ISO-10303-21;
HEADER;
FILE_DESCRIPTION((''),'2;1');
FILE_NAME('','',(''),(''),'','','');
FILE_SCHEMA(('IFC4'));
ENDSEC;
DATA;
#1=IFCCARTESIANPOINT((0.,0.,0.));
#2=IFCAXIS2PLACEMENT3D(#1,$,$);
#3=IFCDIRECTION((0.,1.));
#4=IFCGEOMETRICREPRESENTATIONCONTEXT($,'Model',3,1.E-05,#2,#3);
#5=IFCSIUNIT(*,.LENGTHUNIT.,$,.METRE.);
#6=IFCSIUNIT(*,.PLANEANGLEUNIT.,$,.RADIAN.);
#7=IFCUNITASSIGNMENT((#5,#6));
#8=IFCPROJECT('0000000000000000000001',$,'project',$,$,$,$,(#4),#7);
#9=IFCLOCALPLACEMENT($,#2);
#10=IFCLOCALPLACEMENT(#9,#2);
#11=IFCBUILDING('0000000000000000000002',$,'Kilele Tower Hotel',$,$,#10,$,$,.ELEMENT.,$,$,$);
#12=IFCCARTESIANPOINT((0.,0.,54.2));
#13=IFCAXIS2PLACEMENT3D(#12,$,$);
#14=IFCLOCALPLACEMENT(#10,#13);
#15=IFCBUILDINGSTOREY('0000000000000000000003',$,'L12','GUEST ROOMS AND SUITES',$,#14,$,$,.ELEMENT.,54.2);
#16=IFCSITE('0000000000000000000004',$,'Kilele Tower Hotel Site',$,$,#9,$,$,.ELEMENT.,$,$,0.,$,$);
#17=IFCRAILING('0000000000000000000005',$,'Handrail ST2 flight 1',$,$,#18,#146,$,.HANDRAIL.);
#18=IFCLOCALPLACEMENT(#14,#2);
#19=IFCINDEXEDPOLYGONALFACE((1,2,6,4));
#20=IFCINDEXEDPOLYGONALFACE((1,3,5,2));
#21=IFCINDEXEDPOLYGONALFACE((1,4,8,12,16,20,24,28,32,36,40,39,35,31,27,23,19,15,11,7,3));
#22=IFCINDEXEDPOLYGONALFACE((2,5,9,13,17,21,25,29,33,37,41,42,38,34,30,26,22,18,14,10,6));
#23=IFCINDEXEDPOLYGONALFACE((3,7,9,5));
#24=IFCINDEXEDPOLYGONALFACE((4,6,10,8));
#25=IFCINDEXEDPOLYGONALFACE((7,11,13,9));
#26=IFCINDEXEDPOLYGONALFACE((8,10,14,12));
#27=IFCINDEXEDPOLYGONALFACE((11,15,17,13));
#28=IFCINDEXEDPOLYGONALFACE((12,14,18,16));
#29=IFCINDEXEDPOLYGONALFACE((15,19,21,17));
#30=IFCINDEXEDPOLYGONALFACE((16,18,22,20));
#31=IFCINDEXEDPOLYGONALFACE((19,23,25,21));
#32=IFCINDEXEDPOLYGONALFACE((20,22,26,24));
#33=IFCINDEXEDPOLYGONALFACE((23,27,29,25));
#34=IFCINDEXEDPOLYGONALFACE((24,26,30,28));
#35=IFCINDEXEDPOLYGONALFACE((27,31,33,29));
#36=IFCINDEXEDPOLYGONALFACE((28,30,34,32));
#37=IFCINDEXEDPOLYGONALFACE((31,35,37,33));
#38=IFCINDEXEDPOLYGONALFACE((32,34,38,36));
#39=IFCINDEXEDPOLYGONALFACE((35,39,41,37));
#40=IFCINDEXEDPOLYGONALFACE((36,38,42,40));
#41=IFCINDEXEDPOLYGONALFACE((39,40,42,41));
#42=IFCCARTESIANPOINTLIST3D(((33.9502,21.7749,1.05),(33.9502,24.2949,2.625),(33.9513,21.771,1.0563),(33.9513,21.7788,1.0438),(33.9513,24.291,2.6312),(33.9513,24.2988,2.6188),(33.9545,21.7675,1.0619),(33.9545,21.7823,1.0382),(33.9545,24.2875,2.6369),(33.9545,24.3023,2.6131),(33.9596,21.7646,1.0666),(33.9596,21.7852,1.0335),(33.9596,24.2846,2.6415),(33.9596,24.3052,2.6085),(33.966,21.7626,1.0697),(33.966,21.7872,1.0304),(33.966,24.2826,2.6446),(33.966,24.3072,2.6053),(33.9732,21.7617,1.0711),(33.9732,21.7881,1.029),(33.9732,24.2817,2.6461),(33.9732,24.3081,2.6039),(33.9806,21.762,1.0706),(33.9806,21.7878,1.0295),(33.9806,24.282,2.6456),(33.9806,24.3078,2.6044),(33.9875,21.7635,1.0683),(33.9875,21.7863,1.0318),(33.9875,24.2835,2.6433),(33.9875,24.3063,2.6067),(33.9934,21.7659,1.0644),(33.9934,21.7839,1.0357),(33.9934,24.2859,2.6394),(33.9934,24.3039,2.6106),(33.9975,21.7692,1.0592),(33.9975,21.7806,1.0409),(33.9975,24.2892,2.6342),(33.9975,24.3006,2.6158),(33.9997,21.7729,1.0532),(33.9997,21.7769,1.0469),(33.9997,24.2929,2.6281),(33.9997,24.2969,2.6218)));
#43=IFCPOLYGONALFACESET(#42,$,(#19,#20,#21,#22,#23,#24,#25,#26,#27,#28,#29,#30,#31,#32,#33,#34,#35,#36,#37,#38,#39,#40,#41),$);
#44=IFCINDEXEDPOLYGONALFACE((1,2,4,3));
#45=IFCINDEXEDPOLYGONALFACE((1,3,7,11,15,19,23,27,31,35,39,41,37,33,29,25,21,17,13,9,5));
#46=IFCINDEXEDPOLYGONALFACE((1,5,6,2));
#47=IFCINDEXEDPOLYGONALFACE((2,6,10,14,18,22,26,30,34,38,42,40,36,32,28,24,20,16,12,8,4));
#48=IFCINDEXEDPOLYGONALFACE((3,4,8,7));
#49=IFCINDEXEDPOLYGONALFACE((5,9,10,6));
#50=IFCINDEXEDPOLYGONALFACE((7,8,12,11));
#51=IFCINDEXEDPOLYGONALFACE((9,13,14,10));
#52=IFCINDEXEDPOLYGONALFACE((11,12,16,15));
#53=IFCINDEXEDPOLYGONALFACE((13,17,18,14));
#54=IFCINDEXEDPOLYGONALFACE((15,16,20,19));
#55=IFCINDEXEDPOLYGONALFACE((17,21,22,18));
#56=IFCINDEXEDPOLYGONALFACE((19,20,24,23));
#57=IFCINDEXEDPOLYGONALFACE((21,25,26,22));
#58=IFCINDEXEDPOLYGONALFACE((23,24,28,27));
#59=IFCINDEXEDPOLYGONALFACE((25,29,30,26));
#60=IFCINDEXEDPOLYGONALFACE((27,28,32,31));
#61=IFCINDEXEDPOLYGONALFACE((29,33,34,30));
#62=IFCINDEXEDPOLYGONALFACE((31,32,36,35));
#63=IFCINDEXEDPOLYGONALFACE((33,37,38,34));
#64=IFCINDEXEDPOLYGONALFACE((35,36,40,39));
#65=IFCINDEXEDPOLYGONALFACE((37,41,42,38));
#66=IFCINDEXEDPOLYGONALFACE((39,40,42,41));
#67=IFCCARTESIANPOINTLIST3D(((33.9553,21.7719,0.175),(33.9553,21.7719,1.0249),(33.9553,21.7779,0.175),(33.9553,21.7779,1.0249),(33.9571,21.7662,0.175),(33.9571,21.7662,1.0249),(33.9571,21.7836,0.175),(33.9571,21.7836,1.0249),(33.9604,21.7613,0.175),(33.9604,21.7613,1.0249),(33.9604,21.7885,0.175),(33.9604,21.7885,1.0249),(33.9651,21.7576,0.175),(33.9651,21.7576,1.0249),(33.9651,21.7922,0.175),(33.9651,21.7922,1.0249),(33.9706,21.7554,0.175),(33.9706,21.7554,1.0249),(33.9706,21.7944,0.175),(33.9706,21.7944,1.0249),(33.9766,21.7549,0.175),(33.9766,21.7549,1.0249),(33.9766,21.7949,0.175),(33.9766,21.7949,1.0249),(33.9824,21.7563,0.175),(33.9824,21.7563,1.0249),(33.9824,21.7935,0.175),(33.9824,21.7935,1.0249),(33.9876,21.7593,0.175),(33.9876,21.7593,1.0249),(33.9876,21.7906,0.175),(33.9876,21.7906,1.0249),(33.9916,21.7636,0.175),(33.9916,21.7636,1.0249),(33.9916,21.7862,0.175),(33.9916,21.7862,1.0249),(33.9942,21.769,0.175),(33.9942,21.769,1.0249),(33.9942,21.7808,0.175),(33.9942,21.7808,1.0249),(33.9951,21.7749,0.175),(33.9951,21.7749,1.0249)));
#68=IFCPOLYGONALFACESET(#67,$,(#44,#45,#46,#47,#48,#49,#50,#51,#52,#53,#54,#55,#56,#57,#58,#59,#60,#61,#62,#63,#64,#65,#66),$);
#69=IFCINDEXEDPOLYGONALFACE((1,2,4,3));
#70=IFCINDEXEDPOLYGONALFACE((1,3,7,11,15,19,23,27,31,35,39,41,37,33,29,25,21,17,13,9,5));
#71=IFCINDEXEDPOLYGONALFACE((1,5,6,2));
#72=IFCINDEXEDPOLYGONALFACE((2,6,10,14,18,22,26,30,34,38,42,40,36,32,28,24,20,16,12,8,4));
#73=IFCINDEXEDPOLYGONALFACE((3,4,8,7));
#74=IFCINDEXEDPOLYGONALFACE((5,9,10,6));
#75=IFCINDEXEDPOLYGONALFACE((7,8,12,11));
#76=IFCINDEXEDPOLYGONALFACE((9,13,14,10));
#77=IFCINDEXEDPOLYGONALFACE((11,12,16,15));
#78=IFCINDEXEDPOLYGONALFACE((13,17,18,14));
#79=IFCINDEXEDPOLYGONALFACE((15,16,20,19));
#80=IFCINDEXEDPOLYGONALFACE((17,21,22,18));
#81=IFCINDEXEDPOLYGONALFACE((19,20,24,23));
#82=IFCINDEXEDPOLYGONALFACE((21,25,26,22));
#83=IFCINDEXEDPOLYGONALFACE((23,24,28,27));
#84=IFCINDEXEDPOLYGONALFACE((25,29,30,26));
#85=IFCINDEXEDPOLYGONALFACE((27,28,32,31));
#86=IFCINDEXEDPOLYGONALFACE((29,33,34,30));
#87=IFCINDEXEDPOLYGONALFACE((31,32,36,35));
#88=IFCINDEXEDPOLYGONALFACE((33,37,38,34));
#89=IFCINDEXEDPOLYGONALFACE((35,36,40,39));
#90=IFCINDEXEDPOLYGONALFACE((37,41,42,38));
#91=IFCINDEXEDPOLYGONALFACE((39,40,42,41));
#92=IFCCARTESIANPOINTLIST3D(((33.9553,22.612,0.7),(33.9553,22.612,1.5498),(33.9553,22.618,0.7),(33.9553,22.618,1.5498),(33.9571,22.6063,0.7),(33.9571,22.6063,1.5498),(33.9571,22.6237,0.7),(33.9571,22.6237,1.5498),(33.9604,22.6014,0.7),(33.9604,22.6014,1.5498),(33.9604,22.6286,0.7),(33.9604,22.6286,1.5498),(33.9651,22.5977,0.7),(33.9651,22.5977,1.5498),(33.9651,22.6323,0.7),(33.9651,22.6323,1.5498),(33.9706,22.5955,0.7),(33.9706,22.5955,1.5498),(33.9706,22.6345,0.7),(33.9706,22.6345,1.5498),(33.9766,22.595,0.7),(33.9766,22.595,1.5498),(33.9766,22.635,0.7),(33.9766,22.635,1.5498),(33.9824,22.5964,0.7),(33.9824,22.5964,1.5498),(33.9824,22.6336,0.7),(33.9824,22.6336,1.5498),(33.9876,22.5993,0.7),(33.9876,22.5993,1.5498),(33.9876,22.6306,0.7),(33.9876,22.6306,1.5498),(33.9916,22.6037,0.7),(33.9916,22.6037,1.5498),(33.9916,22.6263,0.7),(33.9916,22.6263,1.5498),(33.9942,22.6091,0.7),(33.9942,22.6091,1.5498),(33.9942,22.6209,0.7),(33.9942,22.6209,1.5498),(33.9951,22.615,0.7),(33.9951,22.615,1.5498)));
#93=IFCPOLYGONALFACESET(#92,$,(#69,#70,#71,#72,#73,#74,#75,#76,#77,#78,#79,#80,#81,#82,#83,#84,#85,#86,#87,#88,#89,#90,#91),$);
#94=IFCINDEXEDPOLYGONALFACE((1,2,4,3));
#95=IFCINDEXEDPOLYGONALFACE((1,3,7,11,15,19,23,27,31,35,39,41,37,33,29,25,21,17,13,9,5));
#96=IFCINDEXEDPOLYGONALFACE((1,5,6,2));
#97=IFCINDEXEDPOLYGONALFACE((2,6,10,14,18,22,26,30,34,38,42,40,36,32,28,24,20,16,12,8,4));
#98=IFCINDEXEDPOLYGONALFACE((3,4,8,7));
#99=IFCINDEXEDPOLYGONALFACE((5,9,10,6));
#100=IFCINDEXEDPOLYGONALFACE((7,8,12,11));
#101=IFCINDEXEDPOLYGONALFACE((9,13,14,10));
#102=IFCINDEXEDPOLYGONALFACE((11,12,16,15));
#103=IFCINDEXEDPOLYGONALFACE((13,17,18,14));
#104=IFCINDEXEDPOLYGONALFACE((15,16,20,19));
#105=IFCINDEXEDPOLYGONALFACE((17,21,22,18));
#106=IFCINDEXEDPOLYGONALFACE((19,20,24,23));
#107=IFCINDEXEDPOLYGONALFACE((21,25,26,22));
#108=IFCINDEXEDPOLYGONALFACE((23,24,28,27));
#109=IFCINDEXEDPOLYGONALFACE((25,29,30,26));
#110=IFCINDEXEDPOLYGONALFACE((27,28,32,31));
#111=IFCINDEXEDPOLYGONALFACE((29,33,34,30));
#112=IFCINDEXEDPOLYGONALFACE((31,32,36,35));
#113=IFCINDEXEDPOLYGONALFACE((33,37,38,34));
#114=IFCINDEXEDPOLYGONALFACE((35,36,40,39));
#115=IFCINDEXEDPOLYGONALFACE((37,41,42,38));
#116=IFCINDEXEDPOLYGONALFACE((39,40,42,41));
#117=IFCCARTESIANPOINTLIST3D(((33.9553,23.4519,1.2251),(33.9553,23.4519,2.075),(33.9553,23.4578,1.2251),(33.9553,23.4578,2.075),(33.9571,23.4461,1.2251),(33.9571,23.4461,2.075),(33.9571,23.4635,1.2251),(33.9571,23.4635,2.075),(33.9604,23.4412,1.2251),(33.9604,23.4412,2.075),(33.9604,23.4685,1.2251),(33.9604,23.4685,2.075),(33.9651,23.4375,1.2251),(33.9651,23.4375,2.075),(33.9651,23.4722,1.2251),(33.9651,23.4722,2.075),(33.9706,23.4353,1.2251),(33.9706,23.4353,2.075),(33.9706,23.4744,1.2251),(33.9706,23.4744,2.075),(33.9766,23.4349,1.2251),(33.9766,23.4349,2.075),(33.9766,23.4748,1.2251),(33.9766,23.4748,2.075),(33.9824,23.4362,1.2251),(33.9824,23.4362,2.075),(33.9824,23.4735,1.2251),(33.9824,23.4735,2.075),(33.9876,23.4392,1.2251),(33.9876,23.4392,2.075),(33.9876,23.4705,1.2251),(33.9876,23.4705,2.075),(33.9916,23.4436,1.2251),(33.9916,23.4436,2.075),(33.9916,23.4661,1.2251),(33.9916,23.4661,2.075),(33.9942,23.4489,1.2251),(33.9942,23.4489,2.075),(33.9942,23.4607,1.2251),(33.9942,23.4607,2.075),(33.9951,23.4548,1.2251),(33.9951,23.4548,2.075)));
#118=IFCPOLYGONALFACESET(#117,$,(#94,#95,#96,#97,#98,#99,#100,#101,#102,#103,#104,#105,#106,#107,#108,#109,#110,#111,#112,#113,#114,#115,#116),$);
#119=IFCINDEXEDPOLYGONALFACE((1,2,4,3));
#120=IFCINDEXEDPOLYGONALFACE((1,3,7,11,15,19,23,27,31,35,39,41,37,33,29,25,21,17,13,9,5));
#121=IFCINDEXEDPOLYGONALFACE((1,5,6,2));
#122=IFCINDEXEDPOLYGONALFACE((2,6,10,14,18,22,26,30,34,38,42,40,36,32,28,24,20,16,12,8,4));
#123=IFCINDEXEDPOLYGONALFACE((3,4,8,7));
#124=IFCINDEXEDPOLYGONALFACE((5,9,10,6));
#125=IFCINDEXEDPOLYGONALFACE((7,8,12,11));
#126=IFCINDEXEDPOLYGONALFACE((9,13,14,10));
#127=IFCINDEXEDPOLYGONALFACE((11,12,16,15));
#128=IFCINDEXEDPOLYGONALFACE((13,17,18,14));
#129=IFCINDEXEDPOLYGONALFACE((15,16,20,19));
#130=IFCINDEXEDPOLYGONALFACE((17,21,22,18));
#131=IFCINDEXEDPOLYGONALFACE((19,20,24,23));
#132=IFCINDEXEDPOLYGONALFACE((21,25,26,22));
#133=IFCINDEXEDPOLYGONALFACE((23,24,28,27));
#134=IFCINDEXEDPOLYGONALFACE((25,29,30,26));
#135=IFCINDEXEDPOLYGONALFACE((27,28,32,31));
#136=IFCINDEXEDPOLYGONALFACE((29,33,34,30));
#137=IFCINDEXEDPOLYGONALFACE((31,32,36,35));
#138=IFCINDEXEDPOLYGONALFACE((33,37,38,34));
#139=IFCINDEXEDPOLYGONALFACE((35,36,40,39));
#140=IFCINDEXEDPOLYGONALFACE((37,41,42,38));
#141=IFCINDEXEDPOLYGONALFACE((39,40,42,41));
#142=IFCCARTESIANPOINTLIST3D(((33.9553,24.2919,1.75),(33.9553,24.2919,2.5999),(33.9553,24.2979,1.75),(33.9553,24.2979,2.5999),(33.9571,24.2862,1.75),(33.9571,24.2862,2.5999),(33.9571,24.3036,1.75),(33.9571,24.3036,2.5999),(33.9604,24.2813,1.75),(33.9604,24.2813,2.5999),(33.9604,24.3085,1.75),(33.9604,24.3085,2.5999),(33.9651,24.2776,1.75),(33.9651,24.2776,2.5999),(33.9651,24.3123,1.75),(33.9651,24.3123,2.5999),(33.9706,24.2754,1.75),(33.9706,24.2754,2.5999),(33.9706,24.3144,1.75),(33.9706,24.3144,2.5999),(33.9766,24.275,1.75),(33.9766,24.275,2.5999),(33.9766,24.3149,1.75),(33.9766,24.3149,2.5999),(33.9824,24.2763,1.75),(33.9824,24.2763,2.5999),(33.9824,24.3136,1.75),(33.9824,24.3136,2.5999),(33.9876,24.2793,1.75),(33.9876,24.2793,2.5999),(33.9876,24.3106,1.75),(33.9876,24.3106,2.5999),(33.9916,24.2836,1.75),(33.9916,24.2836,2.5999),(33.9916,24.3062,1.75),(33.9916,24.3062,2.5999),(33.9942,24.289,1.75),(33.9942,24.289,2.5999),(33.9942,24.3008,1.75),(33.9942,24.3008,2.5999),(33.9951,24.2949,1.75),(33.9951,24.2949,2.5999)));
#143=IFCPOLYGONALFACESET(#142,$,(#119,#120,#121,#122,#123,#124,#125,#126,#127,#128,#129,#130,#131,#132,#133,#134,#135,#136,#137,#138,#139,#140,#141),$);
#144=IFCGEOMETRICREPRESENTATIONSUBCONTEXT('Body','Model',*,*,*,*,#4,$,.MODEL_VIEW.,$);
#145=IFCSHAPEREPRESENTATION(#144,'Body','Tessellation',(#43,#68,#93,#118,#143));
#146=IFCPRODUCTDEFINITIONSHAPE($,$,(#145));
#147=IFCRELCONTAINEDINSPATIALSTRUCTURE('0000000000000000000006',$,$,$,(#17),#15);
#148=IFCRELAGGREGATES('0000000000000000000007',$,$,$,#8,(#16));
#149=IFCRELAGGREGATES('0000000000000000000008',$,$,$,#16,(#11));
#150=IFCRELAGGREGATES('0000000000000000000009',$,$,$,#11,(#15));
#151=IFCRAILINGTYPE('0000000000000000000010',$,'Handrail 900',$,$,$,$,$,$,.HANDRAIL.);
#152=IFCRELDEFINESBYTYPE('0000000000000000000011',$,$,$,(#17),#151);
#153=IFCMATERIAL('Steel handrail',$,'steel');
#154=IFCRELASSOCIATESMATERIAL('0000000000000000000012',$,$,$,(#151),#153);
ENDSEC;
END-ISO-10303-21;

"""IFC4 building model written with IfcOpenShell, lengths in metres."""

from ifc_helpers import new_model, si_unit, direction, frame, origin, origin_2d, place, context, subcontext, project, spatial, circle, extrude, material, type_object, element, save


model = new_model("IFC4")

# Units and contexts
model_context = context("Model", 3, precision=1e-05, world=origin(), true_north=direction((0.0, 1.0)))
body_context = subcontext(model_context, "Body", "Model", "MODEL_VIEW")
ifc_project = project(units=[si_unit("LENGTHUNIT", "METRE"), si_unit("PLANEANGLEUNIT", "RADIAN")], contexts=[model_context])

# Site, building, storey
site_placement = place(None, origin())
site = spatial("IfcSite", under=ifc_project, at=site_placement, Name="Kilele Tower Hotel Site", CompositionType="ELEMENT", RefElevation=0.0)
building_placement = place(site_placement, origin())
building = spatial("IfcBuilding", under=site, at=building_placement, Name="Kilele Tower Hotel", CompositionType="ELEMENT")
storey_placement = place(building_placement, frame((0.0, 0.0, 54.2)))
storey = spatial("IfcBuildingStorey", under=building, at=storey_placement, Name="L12", Description="GUEST ROOMS AND SUITES", CompositionType="ELEMENT", Elevation=54.2)

# Railing
ifc_material_1 = material(Name="Steel handrail", Category="steel")
railing_type_1 = type_object("IfcRailingType", Name="Handrail 900", PredefinedType="HANDRAIL", material=ifc_material_1)
for number, where, name in (
    (1, (33.9751, 21.7749, 0.175), "Handrail ST2 flight 1"),
):
    element("IfcRailing", number, at=place(storey_placement, frame(where)), inside=storey, type_object=railing_type_1, Name=name, PredefinedType="HANDRAIL", context=body_context, shape_type="SweptSolid", body=[
        extrude(circle(Radius=0.0249, at=origin_2d()), frame((0.0, 0.0, 0.875), z_axis=(0.0, 0.848008, 0.529984), x_axis=(-1.0, 0.0, 0.0)), (0.0, 0.0, 1.0), 2.9717),
        extrude(circle(Radius=0.02, at=origin_2d()), origin(), (0.0, 0.0, 1.0), 0.8499),
        extrude(circle(Radius=0.02, at=origin_2d()), frame((0.0, 0.8401, 0.5249)), (0.0, 0.0, 1.0), 0.8499),
        extrude(circle(Radius=0.02, at=origin_2d()), frame((0.0, 1.6799, 1.05)), (0.0, 0.0, 1.0), 0.8499),
        extrude(circle(Radius=0.02, at=origin_2d()), frame((0.0, 2.52, 1.575)), (0.0, 0.0, 1.0), 0.8499),
    ])

save(model, "model.ifc")
